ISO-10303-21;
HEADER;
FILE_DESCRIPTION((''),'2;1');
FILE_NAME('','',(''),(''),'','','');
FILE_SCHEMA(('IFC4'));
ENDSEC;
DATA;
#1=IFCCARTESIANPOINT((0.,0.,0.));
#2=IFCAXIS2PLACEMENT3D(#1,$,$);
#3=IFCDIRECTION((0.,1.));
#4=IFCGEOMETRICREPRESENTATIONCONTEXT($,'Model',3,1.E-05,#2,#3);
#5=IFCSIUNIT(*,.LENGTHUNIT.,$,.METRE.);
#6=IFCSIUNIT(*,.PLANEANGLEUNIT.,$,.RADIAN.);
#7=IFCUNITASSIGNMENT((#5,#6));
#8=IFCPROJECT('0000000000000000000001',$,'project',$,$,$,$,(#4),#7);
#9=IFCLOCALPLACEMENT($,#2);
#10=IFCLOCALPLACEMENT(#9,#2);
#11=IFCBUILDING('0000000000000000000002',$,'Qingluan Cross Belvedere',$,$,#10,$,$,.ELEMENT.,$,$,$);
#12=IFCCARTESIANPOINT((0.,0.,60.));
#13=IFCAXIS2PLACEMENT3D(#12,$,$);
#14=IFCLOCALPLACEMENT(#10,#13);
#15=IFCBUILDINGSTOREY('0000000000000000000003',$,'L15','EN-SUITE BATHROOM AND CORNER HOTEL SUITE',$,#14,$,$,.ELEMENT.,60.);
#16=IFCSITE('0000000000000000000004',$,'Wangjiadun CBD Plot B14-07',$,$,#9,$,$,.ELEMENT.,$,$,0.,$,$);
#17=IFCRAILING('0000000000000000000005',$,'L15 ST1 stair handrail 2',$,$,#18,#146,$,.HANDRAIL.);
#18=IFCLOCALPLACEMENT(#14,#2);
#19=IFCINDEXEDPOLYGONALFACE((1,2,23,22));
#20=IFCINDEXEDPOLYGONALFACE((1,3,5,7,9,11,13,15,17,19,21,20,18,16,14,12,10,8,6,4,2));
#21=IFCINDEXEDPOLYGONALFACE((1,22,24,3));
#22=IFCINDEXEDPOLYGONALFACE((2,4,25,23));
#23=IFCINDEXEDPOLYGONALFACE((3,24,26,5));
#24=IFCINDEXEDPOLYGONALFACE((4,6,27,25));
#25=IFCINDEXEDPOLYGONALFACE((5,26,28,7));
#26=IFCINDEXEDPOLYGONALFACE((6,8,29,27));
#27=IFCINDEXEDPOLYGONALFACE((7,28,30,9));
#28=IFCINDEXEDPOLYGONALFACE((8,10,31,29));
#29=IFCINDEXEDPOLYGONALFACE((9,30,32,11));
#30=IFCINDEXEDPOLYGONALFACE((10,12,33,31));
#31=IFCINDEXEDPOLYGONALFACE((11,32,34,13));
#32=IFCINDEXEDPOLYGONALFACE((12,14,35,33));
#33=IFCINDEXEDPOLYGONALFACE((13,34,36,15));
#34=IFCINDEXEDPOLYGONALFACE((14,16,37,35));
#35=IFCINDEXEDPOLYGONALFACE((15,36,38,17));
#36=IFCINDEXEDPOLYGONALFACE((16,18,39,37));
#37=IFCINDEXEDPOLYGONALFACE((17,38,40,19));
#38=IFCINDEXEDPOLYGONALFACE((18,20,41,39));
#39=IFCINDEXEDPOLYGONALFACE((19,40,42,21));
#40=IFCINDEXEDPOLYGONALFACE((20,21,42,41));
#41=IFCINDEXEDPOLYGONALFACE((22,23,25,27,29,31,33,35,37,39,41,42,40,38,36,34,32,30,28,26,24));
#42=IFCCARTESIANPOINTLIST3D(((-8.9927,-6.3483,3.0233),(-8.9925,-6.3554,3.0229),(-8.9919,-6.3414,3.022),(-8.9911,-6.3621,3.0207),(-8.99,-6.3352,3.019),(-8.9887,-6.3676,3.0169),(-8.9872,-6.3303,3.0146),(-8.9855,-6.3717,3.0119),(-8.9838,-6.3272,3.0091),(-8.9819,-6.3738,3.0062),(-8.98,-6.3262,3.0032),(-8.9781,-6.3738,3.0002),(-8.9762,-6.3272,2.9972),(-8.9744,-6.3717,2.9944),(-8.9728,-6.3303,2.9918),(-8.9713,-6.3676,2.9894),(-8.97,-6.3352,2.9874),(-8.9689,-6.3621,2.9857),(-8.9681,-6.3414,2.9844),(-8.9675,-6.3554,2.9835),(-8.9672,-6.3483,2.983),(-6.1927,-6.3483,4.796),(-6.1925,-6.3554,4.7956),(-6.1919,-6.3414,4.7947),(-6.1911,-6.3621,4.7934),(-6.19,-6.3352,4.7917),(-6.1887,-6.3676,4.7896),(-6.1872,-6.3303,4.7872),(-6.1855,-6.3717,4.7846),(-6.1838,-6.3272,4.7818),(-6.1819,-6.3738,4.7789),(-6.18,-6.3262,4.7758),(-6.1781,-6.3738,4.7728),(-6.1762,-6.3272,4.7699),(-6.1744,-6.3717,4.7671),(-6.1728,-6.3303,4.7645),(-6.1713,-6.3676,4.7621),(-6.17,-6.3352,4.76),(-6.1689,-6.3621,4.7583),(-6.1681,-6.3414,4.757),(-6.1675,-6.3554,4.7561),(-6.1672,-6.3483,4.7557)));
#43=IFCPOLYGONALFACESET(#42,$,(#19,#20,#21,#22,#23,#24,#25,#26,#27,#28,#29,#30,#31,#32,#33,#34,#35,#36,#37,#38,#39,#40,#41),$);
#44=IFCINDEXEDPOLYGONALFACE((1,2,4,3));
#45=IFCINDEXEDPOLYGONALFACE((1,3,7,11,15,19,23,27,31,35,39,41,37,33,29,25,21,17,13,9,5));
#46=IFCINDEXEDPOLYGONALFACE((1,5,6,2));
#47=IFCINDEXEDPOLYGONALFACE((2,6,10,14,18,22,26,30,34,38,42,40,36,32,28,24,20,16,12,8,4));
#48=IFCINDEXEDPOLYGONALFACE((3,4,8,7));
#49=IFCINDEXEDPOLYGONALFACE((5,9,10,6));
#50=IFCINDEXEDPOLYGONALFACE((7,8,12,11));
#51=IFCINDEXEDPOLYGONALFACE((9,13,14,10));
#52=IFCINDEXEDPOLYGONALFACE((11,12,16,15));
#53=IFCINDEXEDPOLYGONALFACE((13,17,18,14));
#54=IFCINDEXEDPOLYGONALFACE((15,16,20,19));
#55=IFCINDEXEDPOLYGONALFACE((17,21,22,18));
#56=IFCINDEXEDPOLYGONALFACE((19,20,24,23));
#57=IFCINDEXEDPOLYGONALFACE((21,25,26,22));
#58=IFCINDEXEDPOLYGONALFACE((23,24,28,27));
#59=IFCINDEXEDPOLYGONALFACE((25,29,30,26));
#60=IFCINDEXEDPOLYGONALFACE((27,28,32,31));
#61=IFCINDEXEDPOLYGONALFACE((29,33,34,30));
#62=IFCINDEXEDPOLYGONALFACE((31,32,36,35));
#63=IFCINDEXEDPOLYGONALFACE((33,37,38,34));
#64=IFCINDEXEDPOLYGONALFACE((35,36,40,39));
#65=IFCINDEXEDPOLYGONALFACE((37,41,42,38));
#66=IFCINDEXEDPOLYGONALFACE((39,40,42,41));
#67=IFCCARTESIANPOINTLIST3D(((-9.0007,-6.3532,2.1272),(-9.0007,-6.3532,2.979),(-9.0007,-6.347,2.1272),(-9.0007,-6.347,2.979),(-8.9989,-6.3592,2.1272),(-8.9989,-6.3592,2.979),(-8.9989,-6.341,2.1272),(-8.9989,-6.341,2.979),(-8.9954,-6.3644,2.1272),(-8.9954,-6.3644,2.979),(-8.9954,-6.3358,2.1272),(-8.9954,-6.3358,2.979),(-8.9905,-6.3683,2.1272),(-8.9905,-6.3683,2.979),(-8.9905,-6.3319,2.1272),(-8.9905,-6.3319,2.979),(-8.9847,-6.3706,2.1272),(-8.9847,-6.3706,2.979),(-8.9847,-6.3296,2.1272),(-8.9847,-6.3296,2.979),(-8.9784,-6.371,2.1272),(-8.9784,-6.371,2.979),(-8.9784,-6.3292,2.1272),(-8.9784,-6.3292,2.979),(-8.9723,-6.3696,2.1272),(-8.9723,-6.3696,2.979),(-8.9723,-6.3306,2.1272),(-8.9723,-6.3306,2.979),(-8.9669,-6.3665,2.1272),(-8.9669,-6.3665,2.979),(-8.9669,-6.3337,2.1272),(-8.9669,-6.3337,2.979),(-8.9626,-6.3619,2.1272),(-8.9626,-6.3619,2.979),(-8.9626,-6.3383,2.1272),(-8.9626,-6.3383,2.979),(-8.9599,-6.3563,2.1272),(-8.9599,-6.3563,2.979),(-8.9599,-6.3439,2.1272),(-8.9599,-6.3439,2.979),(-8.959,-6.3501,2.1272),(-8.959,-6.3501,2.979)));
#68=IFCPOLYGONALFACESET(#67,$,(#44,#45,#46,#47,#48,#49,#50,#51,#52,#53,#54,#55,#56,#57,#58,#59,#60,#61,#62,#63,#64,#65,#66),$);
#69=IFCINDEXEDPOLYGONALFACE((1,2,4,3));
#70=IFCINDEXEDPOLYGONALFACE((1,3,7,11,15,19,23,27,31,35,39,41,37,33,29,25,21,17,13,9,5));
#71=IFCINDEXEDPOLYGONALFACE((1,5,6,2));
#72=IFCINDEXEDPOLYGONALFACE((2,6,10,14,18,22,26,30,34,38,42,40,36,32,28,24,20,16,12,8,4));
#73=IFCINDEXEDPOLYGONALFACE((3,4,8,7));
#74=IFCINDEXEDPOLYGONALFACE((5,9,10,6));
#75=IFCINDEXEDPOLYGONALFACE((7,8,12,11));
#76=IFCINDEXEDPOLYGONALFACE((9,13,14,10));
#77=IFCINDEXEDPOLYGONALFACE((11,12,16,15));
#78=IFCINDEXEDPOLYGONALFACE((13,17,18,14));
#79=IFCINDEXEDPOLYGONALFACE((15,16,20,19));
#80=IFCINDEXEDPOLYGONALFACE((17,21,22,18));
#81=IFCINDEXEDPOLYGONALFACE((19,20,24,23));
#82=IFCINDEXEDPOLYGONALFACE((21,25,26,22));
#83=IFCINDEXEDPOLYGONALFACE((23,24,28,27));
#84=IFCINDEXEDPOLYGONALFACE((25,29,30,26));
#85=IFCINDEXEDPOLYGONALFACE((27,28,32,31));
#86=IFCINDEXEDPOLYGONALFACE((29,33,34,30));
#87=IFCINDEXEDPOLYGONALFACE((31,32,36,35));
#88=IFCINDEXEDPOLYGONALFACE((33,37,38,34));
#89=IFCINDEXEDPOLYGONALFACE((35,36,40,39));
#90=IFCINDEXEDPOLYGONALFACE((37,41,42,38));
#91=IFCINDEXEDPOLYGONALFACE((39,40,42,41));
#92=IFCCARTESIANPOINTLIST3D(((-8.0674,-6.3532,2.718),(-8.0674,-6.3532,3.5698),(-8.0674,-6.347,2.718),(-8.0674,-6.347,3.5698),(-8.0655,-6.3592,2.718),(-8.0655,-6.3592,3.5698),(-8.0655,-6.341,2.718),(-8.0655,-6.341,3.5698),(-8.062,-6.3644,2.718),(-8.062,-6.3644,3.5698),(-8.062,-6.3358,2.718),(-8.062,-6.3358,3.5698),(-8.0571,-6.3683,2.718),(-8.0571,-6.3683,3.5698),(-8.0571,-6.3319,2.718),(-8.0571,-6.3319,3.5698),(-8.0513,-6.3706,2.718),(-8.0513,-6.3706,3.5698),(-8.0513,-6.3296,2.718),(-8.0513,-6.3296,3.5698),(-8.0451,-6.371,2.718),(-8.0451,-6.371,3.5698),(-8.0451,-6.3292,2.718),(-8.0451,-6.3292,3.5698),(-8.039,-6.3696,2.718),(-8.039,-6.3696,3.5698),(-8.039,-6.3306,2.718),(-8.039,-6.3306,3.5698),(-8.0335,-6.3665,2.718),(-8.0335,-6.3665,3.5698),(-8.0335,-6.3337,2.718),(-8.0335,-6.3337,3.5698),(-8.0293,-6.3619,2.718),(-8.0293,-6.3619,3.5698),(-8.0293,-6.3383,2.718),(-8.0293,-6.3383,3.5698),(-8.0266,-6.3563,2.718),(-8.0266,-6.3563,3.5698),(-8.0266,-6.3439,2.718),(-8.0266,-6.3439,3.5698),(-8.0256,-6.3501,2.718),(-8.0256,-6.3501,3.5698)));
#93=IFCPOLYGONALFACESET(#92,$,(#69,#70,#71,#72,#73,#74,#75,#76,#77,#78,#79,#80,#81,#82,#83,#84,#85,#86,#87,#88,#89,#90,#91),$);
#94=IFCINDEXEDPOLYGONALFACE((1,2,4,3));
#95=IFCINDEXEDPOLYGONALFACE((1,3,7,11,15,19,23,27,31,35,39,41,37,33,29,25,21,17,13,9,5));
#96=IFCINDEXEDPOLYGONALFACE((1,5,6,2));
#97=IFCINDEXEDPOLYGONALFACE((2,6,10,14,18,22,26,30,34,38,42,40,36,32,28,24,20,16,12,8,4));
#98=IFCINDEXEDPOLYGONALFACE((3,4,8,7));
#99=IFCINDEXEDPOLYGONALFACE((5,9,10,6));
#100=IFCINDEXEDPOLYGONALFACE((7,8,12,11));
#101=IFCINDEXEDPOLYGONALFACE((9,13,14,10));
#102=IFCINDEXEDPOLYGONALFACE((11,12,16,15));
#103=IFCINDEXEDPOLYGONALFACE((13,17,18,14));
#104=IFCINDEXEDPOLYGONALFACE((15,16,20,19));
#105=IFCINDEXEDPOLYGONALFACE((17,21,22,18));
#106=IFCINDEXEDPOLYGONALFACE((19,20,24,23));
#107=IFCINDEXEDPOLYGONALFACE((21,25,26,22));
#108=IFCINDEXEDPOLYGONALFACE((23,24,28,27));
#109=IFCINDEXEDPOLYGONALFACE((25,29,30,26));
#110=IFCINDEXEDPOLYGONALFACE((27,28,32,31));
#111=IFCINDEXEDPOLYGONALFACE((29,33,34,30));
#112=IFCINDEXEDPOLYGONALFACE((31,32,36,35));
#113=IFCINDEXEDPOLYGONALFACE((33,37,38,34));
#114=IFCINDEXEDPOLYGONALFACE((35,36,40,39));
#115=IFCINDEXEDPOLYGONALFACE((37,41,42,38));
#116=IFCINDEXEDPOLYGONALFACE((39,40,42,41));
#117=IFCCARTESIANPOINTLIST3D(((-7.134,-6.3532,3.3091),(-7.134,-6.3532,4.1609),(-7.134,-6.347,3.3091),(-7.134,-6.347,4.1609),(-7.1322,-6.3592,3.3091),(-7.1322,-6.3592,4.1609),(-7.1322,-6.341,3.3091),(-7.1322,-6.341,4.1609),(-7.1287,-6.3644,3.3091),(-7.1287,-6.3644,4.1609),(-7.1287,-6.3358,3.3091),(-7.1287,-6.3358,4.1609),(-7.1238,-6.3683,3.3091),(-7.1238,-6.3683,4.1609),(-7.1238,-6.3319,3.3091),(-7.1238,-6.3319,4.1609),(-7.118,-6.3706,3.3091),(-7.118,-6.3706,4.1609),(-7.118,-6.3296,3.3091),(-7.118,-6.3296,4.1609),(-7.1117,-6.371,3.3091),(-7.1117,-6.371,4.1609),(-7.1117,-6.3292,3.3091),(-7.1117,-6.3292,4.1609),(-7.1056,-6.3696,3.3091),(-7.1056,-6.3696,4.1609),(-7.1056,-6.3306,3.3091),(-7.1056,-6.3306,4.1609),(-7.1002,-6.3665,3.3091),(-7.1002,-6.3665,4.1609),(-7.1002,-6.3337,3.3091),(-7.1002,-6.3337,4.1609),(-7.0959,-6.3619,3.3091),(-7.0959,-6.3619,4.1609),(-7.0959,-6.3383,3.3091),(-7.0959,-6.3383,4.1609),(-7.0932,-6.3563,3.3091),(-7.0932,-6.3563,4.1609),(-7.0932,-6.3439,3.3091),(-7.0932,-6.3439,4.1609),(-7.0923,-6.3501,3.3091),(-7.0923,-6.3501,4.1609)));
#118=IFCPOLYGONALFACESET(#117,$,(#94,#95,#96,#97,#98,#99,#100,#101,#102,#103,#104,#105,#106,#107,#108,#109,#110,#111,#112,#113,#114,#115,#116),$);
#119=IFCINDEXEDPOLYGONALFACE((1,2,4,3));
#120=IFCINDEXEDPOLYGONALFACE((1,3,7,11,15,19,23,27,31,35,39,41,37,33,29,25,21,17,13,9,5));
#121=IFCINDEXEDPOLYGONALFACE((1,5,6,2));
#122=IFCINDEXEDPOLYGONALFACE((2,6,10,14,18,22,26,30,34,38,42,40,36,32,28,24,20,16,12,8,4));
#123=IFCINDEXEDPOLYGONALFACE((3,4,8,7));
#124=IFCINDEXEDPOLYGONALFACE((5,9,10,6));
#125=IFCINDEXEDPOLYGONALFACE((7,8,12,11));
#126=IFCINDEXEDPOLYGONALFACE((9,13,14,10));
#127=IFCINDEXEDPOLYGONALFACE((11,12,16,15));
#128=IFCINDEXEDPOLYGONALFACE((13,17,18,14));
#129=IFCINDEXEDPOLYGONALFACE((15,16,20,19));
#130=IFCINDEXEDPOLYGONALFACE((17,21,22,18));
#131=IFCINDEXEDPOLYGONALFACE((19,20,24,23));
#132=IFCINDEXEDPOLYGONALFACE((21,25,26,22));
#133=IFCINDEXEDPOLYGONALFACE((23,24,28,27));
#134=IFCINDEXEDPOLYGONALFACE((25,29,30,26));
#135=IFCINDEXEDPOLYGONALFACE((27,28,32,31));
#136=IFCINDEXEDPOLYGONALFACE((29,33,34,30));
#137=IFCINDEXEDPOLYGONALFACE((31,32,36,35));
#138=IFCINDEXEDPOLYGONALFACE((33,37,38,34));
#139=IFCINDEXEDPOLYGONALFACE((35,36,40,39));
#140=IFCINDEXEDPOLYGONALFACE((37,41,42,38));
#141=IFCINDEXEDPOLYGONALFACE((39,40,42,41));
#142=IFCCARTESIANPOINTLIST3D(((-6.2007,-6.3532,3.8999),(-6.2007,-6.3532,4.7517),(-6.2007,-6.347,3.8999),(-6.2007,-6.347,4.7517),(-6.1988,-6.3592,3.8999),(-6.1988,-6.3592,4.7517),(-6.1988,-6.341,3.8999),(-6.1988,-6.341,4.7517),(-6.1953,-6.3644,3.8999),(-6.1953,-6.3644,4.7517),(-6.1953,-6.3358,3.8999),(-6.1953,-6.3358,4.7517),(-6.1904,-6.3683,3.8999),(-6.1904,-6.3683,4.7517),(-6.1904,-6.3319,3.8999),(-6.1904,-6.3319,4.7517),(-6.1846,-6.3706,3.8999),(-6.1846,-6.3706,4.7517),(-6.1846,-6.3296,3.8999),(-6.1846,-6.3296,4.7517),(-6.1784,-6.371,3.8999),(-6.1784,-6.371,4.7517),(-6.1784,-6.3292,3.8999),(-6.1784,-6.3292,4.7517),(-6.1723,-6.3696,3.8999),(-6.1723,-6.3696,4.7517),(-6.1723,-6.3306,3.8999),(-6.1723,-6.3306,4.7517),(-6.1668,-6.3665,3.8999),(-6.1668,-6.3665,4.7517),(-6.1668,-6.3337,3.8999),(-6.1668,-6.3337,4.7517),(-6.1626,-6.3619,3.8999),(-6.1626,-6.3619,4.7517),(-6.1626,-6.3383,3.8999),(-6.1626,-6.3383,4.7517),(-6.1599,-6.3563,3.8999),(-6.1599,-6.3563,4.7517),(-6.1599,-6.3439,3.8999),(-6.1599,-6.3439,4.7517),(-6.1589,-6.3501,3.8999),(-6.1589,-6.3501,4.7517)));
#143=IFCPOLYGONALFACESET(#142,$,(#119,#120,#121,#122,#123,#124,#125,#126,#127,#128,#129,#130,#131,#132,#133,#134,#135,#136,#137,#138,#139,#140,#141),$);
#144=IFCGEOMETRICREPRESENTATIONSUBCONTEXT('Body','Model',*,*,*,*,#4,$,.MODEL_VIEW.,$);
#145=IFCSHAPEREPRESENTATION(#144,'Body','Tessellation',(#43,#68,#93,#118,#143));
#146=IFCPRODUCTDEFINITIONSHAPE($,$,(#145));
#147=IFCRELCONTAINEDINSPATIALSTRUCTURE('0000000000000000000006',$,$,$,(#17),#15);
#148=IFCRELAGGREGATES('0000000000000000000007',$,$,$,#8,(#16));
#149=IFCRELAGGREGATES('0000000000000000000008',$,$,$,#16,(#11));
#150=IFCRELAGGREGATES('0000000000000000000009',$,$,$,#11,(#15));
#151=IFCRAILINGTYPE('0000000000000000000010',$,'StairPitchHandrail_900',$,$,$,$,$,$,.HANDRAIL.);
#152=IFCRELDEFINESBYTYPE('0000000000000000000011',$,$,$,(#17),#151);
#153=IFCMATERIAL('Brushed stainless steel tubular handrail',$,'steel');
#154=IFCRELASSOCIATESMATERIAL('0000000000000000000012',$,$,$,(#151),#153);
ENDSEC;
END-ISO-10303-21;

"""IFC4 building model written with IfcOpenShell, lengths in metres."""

from ifc_helpers import new_model, si_unit, direction, frame, origin, origin_2d, place, context, subcontext, project, spatial, circle, extrude, material, type_object, element, save


model = new_model("IFC4")

# Units and contexts
model_context = context("Model", 3, precision=1e-05, world=origin(), true_north=direction((0.0, 1.0)))
body_context = subcontext(model_context, "Body", "Model", "MODEL_VIEW")
ifc_project = project(units=[si_unit("LENGTHUNIT", "METRE"), si_unit("PLANEANGLEUNIT", "RADIAN")], contexts=[model_context])

# Site, building, storey
site_placement = place(None, origin())
site = spatial("IfcSite", under=ifc_project, at=site_placement, Name="Wangjiadun CBD Plot B14-07", CompositionType="ELEMENT", RefElevation=0.0)
building_placement = place(site_placement, origin())
building = spatial("IfcBuilding", under=site, at=building_placement, Name="Qingluan Cross Belvedere", CompositionType="ELEMENT")
storey_placement = place(building_placement, frame((0.0, 0.0, 60.0)))
storey = spatial("IfcBuildingStorey", under=building, at=storey_placement, Name="L15", Description="EN-SUITE BATHROOM AND CORNER HOTEL SUITE", CompositionType="ELEMENT", Elevation=60.0)

# Railing
ifc_material_1 = material(Name="Brushed stainless steel tubular handrail", Category="steel")
railing_type_1 = type_object("IfcRailingType", Name="StairPitchHandrail_900", PredefinedType="HANDRAIL", material=ifc_material_1)
railing_1_placement = place(storey_placement, frame((-8.98, -6.3501, 2.1272)))
element("IfcRailing", 1, at=railing_1_placement, inside=storey, type_object=railing_type_1, Name="L15 ST1 stair handrail 2", PredefinedType="HANDRAIL", context=body_context, shape_type="SweptSolid", body=[
    extrude(circle(Radius=0.0239, at=origin_2d()), frame((0.0, 0.0, 0.876), z_axis=(0.844909, 0.0, 0.53491), x_axis=(0.0, 1.0, 0.0)), (0.0, 0.0, 1.0), 3.314),
    extrude(circle(Radius=0.021, at=origin_2d()), origin(), (0.0, 0.0, 1.0), 0.8518),
    extrude(circle(Radius=0.021, at=origin_2d()), frame((0.9333, 0.0, 0.5908)), (0.0, 0.0, 1.0), 0.8518),
    extrude(circle(Radius=0.021, at=origin_2d()), frame((1.8667, 0.0, 1.1819)), (0.0, 0.0, 1.0), 0.8518),
    extrude(circle(Radius=0.021, at=origin_2d()), frame((2.8, 0.0, 1.7727)), (0.0, 0.0, 1.0), 0.8518),
])

save(model, "model.ifc")
